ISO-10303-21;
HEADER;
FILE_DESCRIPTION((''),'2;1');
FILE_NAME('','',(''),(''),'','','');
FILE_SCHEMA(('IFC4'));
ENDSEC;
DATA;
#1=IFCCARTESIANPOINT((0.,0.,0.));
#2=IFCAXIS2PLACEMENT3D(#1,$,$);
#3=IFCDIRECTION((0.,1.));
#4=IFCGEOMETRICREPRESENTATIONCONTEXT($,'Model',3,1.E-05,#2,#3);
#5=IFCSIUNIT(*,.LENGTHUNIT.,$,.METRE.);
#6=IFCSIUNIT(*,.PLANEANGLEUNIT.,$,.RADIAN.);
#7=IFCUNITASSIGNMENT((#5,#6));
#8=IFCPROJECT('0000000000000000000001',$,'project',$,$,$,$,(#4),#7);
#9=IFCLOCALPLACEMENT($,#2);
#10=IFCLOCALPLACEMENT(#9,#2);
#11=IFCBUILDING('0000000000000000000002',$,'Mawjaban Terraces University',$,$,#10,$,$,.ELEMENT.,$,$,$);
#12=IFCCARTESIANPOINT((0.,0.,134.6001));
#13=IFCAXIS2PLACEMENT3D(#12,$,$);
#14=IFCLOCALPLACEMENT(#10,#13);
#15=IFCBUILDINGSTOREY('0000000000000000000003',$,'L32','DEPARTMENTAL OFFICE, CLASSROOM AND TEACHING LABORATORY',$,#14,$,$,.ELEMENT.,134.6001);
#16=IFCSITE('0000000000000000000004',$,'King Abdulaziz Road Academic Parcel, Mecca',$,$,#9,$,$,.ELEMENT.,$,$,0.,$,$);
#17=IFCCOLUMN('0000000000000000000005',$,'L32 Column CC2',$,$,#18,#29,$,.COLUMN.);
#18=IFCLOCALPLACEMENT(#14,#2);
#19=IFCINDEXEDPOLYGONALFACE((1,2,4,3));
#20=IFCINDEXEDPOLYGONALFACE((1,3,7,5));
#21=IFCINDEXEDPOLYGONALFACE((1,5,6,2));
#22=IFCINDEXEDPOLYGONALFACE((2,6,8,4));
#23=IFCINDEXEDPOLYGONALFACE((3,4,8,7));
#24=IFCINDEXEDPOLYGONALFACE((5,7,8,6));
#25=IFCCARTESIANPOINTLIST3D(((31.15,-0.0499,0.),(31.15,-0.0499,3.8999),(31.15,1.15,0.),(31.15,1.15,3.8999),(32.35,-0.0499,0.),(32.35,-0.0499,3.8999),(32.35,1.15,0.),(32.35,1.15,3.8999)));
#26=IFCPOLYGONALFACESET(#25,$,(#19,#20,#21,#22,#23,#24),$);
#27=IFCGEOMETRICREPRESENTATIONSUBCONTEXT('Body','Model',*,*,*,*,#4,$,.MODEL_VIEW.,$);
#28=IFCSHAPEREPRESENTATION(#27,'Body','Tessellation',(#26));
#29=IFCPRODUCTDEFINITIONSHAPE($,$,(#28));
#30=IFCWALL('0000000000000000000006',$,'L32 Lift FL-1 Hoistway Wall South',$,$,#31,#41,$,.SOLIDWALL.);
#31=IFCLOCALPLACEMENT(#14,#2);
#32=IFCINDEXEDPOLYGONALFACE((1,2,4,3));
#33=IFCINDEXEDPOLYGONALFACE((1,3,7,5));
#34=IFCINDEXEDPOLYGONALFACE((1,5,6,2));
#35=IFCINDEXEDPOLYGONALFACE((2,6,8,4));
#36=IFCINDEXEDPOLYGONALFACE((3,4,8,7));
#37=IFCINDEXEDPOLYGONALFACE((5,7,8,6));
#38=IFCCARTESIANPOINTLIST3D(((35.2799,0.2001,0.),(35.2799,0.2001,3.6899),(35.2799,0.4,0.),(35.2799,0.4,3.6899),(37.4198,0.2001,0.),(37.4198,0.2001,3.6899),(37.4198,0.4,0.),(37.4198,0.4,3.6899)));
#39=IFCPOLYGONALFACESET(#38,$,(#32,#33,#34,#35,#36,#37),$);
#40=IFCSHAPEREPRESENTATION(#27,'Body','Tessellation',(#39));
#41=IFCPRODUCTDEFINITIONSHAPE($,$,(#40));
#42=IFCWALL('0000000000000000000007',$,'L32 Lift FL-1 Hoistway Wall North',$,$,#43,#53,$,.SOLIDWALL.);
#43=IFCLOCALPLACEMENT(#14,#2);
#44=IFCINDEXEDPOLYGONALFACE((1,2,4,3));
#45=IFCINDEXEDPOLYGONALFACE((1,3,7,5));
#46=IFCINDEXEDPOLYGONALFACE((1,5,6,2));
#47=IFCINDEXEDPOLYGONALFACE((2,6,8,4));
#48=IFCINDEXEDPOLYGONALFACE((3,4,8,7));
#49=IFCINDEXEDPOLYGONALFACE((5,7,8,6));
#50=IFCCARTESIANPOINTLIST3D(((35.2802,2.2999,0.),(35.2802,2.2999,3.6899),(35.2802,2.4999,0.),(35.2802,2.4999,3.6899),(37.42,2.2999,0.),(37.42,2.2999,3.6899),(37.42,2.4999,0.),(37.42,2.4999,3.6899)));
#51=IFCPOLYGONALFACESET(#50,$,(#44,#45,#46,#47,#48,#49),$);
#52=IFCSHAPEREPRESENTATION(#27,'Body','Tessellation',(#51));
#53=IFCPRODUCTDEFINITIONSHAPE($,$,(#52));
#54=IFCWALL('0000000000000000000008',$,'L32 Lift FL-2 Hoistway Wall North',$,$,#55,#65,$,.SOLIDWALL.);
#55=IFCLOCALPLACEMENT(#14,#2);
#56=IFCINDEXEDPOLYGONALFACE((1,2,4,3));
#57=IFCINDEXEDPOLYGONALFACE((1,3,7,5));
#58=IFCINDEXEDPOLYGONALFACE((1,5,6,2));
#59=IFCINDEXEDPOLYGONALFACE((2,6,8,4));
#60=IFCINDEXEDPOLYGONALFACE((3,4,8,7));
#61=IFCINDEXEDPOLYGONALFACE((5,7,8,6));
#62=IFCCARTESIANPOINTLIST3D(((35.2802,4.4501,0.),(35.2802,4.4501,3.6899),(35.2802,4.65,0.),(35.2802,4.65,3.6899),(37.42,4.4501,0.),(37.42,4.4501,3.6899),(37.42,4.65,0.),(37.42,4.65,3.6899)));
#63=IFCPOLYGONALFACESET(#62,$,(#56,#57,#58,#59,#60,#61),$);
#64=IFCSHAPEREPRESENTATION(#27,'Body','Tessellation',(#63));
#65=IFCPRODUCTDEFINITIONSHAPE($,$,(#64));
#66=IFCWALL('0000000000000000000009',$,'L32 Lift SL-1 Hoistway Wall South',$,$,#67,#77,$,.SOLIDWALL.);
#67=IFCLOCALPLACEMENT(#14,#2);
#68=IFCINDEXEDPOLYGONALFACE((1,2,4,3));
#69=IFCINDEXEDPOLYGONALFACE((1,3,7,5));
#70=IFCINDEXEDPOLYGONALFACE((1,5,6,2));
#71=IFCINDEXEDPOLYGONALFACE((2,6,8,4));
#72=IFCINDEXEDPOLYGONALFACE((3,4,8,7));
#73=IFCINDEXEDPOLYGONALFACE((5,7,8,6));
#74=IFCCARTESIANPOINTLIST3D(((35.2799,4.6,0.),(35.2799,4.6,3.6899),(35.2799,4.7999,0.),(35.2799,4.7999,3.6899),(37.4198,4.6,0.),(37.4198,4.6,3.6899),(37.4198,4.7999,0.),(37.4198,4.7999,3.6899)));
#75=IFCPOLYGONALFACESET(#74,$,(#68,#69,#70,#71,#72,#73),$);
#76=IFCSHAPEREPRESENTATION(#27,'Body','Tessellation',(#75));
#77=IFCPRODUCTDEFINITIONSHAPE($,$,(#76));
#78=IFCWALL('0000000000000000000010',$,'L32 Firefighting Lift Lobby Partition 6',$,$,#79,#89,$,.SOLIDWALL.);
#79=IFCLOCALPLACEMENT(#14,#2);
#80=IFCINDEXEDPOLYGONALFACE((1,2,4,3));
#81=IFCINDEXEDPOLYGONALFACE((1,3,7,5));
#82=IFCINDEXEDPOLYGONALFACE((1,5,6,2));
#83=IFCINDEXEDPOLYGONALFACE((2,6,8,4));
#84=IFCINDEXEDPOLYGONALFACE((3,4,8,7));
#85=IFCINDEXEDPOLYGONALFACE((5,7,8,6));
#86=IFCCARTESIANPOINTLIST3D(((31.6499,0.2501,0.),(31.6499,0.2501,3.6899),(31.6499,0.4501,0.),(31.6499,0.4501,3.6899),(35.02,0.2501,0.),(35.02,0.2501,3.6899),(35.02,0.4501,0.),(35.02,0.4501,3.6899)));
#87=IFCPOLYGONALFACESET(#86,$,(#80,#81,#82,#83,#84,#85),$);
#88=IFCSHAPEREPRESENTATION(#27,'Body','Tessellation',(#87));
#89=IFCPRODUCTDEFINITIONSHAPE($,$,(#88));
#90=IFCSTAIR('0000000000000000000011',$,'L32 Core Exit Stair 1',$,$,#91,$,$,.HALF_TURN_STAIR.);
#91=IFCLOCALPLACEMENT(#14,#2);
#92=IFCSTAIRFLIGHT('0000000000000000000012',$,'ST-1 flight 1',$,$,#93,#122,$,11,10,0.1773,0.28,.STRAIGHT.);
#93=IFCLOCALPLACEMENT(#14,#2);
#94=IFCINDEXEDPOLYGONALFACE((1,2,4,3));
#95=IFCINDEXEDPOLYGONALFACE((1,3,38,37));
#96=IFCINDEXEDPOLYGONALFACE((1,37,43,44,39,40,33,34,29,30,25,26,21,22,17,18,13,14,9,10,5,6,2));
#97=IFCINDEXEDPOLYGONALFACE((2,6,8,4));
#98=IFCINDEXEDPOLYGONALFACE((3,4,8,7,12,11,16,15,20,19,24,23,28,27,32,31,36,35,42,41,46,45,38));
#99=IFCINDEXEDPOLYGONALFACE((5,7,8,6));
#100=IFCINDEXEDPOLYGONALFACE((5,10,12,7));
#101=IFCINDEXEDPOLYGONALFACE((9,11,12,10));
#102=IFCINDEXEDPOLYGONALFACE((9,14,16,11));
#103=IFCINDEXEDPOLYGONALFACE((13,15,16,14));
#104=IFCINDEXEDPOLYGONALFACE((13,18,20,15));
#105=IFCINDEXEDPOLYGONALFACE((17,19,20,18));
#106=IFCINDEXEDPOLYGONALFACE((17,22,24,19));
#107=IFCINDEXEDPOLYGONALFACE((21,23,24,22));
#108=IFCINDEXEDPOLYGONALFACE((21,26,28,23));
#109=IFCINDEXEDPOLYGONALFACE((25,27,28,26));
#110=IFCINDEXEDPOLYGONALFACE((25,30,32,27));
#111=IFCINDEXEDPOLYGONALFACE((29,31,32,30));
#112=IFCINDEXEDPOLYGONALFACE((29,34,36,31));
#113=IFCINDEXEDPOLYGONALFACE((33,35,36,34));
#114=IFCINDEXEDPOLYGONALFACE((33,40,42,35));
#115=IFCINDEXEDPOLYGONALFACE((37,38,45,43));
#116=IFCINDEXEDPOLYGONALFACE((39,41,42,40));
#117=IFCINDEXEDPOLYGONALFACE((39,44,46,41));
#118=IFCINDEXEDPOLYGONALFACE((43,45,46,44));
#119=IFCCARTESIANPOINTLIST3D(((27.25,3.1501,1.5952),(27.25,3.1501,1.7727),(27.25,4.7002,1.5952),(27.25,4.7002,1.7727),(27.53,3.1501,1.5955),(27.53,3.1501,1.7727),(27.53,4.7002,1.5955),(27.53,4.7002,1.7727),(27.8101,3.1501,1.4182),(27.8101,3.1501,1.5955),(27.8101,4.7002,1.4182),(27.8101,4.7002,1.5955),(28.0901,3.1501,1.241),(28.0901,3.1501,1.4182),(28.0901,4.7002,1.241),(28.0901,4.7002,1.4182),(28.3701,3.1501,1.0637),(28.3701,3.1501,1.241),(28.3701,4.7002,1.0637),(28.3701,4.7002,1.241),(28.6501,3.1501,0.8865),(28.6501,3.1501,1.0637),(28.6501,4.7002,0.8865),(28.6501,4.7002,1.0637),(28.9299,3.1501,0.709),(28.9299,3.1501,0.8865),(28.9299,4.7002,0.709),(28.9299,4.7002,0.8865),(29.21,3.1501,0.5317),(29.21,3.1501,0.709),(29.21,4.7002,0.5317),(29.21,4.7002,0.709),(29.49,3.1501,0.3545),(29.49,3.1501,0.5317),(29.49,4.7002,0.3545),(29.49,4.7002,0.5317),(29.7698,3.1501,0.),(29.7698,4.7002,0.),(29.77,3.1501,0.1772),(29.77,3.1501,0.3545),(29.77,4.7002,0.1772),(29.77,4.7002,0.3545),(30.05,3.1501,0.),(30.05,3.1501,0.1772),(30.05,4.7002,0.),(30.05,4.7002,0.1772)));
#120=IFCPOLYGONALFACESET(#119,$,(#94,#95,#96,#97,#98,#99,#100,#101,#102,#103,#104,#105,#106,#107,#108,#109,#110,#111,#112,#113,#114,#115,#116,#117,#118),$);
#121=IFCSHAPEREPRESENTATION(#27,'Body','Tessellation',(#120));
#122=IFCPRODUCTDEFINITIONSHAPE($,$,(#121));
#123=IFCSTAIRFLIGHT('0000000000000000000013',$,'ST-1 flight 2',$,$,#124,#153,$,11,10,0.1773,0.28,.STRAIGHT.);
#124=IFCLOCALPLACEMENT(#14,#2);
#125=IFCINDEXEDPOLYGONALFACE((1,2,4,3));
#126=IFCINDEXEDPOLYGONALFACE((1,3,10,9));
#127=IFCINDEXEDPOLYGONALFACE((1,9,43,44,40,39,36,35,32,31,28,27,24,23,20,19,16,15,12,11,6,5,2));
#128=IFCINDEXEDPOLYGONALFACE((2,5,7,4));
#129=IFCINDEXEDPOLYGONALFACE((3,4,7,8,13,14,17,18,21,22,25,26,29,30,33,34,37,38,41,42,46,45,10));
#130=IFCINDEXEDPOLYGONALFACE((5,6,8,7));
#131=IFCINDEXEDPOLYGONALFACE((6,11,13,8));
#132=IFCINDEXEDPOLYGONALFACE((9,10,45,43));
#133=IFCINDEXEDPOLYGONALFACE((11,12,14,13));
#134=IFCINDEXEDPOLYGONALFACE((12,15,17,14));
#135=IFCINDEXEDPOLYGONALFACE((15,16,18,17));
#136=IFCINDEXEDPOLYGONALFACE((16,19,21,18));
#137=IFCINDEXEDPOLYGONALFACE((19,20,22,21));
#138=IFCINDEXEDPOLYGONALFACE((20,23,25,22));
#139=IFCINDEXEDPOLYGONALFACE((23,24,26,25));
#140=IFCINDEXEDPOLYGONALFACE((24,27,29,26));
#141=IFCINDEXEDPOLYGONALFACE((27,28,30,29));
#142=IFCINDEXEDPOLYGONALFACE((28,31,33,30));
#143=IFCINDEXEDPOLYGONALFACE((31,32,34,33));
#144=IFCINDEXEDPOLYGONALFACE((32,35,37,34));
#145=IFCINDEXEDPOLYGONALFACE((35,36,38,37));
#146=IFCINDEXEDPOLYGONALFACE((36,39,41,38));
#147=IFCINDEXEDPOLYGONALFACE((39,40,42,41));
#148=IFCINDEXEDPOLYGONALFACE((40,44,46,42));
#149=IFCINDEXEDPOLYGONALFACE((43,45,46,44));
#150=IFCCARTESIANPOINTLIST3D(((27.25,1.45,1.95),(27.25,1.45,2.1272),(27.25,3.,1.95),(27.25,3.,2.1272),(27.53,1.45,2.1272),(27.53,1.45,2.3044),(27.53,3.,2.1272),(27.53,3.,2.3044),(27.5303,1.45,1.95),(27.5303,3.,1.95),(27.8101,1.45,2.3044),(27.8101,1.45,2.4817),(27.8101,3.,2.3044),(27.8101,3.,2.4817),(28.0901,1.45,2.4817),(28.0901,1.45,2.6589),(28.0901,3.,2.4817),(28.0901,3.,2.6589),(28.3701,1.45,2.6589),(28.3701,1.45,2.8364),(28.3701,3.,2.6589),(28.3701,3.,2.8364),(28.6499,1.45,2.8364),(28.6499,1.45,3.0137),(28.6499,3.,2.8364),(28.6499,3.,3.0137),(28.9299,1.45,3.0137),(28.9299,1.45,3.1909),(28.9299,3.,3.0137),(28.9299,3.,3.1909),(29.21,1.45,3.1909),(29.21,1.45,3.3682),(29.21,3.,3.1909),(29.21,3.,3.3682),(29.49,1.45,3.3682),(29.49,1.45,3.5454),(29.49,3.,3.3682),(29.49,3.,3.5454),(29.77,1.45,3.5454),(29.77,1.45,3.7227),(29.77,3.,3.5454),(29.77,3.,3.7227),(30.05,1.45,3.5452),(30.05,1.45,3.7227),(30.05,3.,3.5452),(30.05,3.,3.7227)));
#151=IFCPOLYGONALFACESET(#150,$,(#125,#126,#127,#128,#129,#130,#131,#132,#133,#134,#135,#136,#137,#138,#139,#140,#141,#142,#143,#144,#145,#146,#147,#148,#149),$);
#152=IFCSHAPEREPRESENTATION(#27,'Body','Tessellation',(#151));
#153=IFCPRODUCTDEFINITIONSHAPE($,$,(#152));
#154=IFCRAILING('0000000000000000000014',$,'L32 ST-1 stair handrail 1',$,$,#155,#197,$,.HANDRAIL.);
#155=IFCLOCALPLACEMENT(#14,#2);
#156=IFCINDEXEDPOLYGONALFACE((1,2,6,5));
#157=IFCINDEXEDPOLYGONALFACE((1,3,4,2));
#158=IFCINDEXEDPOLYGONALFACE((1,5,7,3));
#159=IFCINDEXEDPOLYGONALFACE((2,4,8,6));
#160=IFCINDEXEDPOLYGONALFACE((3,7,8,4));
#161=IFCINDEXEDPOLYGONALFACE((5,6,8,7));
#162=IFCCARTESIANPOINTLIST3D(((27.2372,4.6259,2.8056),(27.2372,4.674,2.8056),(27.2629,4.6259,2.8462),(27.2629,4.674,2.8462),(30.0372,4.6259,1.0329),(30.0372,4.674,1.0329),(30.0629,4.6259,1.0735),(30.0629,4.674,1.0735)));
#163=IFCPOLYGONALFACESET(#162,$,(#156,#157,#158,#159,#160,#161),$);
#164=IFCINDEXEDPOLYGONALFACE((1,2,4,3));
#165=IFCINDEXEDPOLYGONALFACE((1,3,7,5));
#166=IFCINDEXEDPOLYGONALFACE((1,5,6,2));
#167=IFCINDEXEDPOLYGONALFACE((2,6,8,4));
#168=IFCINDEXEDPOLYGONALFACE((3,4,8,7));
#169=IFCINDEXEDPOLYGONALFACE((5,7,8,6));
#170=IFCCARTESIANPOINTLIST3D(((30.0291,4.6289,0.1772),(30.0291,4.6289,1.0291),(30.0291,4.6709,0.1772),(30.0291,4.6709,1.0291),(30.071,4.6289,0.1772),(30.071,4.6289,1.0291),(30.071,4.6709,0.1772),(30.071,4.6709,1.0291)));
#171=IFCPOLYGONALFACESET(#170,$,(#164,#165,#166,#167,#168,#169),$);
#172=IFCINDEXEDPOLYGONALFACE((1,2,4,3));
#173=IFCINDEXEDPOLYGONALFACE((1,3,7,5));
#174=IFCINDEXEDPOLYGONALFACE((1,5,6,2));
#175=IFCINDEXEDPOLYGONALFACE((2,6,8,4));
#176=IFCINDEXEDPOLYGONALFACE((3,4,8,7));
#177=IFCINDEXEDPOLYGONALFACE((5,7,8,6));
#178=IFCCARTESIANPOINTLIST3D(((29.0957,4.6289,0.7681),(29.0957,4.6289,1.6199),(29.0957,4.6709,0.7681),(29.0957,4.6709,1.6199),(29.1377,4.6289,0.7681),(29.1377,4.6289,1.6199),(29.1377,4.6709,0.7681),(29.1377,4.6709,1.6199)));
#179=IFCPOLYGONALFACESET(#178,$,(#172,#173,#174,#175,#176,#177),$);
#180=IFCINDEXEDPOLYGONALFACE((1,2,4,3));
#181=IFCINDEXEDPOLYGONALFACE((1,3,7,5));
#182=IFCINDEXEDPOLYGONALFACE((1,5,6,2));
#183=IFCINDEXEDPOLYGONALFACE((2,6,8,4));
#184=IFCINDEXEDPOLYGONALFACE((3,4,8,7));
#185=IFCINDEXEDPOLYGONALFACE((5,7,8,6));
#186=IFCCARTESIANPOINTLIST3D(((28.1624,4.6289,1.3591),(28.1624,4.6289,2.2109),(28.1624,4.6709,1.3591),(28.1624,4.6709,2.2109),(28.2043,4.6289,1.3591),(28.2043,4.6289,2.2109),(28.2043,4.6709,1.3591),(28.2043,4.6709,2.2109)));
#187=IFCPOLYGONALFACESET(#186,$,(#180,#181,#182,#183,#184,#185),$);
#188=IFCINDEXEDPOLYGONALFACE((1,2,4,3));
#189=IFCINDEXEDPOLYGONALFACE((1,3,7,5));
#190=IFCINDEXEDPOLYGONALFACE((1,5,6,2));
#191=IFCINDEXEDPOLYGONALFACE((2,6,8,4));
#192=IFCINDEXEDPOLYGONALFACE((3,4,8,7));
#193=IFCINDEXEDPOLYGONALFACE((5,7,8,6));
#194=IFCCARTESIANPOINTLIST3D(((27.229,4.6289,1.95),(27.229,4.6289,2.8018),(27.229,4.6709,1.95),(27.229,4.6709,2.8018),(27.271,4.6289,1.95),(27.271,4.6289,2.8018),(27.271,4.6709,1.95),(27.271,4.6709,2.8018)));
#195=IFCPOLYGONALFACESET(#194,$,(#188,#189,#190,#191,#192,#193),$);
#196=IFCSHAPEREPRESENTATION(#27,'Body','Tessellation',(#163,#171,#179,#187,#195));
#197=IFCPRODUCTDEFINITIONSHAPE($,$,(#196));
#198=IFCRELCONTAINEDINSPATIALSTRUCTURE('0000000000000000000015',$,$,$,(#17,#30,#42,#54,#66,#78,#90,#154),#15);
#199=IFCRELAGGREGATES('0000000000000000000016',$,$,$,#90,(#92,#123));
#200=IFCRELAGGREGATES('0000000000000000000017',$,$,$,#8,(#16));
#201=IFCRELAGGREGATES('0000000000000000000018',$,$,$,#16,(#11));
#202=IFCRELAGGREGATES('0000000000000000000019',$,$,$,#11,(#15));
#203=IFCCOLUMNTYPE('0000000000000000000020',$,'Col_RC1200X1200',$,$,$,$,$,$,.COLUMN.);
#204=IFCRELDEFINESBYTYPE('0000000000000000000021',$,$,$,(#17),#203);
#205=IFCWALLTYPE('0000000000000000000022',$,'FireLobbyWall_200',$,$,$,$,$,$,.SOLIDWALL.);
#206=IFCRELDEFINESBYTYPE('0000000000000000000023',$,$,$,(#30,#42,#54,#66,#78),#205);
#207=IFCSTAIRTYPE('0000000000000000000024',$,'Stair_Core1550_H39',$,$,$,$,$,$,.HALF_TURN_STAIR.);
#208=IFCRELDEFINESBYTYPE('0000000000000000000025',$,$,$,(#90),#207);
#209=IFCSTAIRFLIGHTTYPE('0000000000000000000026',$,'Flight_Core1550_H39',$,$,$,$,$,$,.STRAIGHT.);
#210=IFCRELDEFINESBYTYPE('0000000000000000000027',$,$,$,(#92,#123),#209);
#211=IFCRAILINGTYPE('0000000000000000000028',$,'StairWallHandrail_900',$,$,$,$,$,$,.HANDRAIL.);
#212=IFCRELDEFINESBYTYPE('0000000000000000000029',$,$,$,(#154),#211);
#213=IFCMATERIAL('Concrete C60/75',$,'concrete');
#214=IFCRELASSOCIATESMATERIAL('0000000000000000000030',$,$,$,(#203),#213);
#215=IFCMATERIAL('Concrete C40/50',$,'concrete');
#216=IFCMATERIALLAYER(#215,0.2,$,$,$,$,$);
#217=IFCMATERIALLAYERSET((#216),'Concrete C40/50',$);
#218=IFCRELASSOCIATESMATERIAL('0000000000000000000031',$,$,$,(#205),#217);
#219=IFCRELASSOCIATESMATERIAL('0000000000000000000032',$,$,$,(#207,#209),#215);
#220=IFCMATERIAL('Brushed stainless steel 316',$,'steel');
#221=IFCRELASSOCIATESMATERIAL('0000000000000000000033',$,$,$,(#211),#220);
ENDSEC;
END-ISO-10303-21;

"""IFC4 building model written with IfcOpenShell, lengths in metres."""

from ifc_helpers import new_model, si_unit, direction, frame, frame_2d, origin, origin_2d, place, context, subcontext, project, spatial, polyline, rectangle, outline, extrude, material, layer, layer_set, material_profile, profile_set, type_object, element, aggregate, save


model = new_model("IFC4")

# Units and contexts
model_context = context("Model", 3, precision=1e-05, world=origin(), true_north=direction((0.0, 1.0)))
body_context = subcontext(model_context, "Body", "Model", "MODEL_VIEW")
ifc_project = project(units=[si_unit("LENGTHUNIT", "METRE"), si_unit("PLANEANGLEUNIT", "RADIAN")], contexts=[model_context])

# Site, building, storey
site_placement = place(None, origin())
site = spatial("IfcSite", under=ifc_project, at=site_placement, Name="King Abdulaziz Road Academic Parcel, Mecca", CompositionType="ELEMENT", RefElevation=0.0)
building_placement = place(site_placement, origin())
building = spatial("IfcBuilding", under=site, at=building_placement, Name="Mawjaban Terraces University", CompositionType="ELEMENT")
storey_placement = place(building_placement, frame((0.0, 0.0, 134.6001)))
storey = spatial("IfcBuildingStorey", under=building, at=storey_placement, Name="L32", Description="DEPARTMENTAL OFFICE, CLASSROOM AND TEACHING LABORATORY", CompositionType="ELEMENT", Elevation=134.6001)

# Column
ifc_material_1 = material(Name="Concrete C60/75", Category="concrete")
ifc_material_profile = material_profile(ifc_material_1, rectangle(XDim=1.2, YDim=1.2, at=origin_2d()), Name="RC1200X1200")
ifc_profile_set = profile_set([ifc_material_profile], Name="Concrete C60/75")
column_type = type_object("IfcColumnType", Name="Col_RC1200X1200", PredefinedType="COLUMN", material=ifc_profile_set)
column_placement = place(storey_placement, frame((31.75, 0.55, 0.0), z_axis=(0.0, 0.0, 1.0), x_axis=(1.0, 0.0, 0.0)))
element("IfcColumn", 1, at=column_placement, inside=storey, type_object=column_type, Name="L32 Column CC2", PredefinedType="COLUMN", context=body_context, shape_type="SweptSolid", body=[
    extrude(rectangle(XDim=1.2, YDim=1.2, at=origin_2d()), origin(), (0.0, 0.0, 1.0), 3.8999),
])

# Shared definitions
ifc_material_2 = material(Name="Concrete C40/50", Category="concrete")
ifc_layer_1 = layer(ifc_material_2, 0.2)
ifc_layer_set_1 = layer_set([ifc_layer_1], Name="Concrete C40/50")
wall_type_1 = type_object("IfcWallType", Name="FireLobbyWall_200", PredefinedType="SOLIDWALL", material=ifc_layer_set_1)

# Walls
for number, where, z_axis, x_axis, name in (
    (2, (35.28, 0.3, 0.0), (0.0, 0.0, 1.0), (1.0, 0.0, 0.0), "L32 Lift FL-1 Hoistway Wall South"),
    (3, (37.4199, 2.3999, 0.0), (0.0, 0.0, 1.0), (-1.0, 0.0, 0.0), "L32 Lift FL-1 Hoistway Wall North"),
):
    element("IfcWall", number, at=place(storey_placement, frame(where, z_axis=z_axis, x_axis=x_axis)), inside=storey, type_object=wall_type_1, Name=name, PredefinedType="SOLIDWALL", context=body_context, shape_type="SweptSolid", body=[
        extrude(rectangle(XDim=2.1399, YDim=0.2, at=frame_2d((1.0698, 0.0))), origin(), (0.0, 0.0, 1.0), 3.6899),
    ])

# Walls
for number, where, z_axis, x_axis, name in (
    (4, (37.4199, 4.55, 0.0), (0.0, 0.0, 1.0), (-1.0, 0.0, 0.0), "L32 Lift FL-2 Hoistway Wall North"),
    (5, (35.28, 4.7, 0.0), (0.0, 0.0, 1.0), (1.0, 0.0, 0.0), "L32 Lift SL-1 Hoistway Wall South"),
):
    element("IfcWall", number, at=place(storey_placement, frame(where, z_axis=z_axis, x_axis=x_axis)), inside=storey, type_object=wall_type_1, Name=name, PredefinedType="SOLIDWALL", context=body_context, shape_type="SweptSolid", body=[
        extrude(rectangle(XDim=2.1399, YDim=0.2, at=frame_2d((1.0698, 0.0))), origin(), (0.0, 0.0, 1.0), 3.6899),
    ])
wall_1_placement = place(storey_placement, frame((31.6499, 0.3501, 0.0), z_axis=(0.0, 0.0, 1.0), x_axis=(1.0, 0.0, 0.0)))
element("IfcWall", 6, at=wall_1_placement, inside=storey, type_object=wall_type_1, Name="L32 Firefighting Lift Lobby Partition 6", PredefinedType="SOLIDWALL", context=body_context, shape_type="SweptSolid", body=[
    extrude(rectangle(XDim=3.3701, YDim=0.2, at=frame_2d((1.6851, 0.0))), origin(), (0.0, 0.0, 1.0), 3.6899),
])

# Stair, stair flights
stair_type = type_object("IfcStairType", Name="Stair_Core1550_H39", PredefinedType="HALF_TURN_STAIR", material=ifc_material_2)
stair_placement = place(storey_placement, origin())
stair = element("IfcStair", 7, at=stair_placement, inside=storey, type_object=stair_type, Name="L32 Core Exit Stair 1", PredefinedType="HALF_TURN_STAIR")
stair_flight_type = type_object("IfcStairFlightType", Name="Flight_Core1550_H39", PredefinedType="STRAIGHT", material=ifc_material_2)
stair_flight_1_placement = place(storey_placement, frame((30.05, 3.925, 0.0), z_axis=(0.0, 0.0, 1.0), x_axis=(-1.0, 0.0, 0.0)))
stair_flight_1 = element("IfcStairFlight", 8, at=stair_flight_1_placement, type_object=stair_flight_type, Name="ST-1 flight 1", NumberOfRisers=11, NumberOfTreads=10, PredefinedType="STRAIGHT", RiserHeight=0.1773, TreadLength=0.28, context=body_context, shape_type="SweptSolid", body=[
    extrude(outline(polyline([(0.0, 0.0), (0.0, 0.1772), (0.28, 0.1772), (0.28, 0.3545), (0.5601, 0.3545), (0.5601, 0.5317), (0.8401, 0.5317), (0.8401, 0.709), (1.1201, 0.709), (1.1201, 0.8865), (1.3999, 0.8865), (1.3999, 1.0637), (1.6799, 1.0637), (1.6799, 1.241), (1.96, 1.241), (1.96, 1.4182), (2.24, 1.4182), (2.24, 1.5955), (2.52, 1.5955), (2.52, 1.7727), (2.8, 1.7727), (2.8, 1.95), (2.8, 1.5952), (0.2803, 0.0), (0.0, 0.0)])), frame((0.0, 0.7749, 0.0), z_axis=(0.0, -1.0, 0.0), x_axis=(1.0, 0.0, 0.0)), (0.0, 0.0, 1.0), 1.55),
])
stair_flight_2_placement = place(storey_placement, frame((27.25, 2.2251, 1.95), z_axis=(0.0, 0.0, 1.0), x_axis=(1.0, 0.0, 0.0)))
stair_flight_2 = element("IfcStairFlight", 9, at=stair_flight_2_placement, type_object=stair_flight_type, Name="ST-1 flight 2", NumberOfRisers=11, NumberOfTreads=10, PredefinedType="STRAIGHT", RiserHeight=0.1773, TreadLength=0.28, context=body_context, shape_type="SweptSolid", body=[
    extrude(outline(polyline([(0.0, 0.0), (0.0, 0.1772), (0.28, 0.1772), (0.28, 0.3545), (0.5601, 0.3545), (0.5601, 0.5317), (0.8401, 0.5317), (0.8401, 0.709), (1.1201, 0.709), (1.1201, 0.8865), (1.3999, 0.8865), (1.3999, 1.0637), (1.6799, 1.0637), (1.6799, 1.241), (1.96, 1.241), (1.96, 1.4182), (2.24, 1.4182), (2.24, 1.5955), (2.52, 1.5955), (2.52, 1.7727), (2.8, 1.7727), (2.8, 1.95), (2.8, 1.5952), (0.2803, 0.0), (0.0, 0.0)])), frame((0.0, 0.7749, 0.0), z_axis=(0.0, -1.0, 0.0), x_axis=(1.0, 0.0, 0.0)), (0.0, 0.0, 1.0), 1.55),
])
aggregate(stair, [stair_flight_1, stair_flight_2])

# Railing
ifc_material_3 = material(Name="Brushed stainless steel 316", Category="steel")
railing_type_1 = type_object("IfcRailingType", Name="StairWallHandrail_900", PredefinedType="HANDRAIL", material=ifc_material_3)
railing_1_placement = place(storey_placement, frame((30.05, 4.6499, 0.1772)))
element("IfcRailing", 10, at=railing_1_placement, inside=storey, type_object=railing_type_1, Name="L32 ST-1 stair handrail 1", PredefinedType="HANDRAIL", context=body_context, shape_type="SweptSolid", body=[
    extrude(rectangle(XDim=0.0481, YDim=0.0481, at=origin_2d()), frame((0.0, 0.0, 0.876), z_axis=(-0.844909, 0.0, 0.53491), x_axis=(0.0, -1.0, 0.0)), (0.0, 0.0, 1.0), 3.314),
    extrude(rectangle(XDim=0.042, YDim=0.042, at=origin_2d()), origin(), (0.0, 0.0, 1.0), 0.8518),
    extrude(rectangle(XDim=0.042, YDim=0.042, at=origin_2d()), frame((-0.9333, 0.0, 0.5908)), (0.0, 0.0, 1.0), 0.8518),
    extrude(rectangle(XDim=0.042, YDim=0.042, at=origin_2d()), frame((-1.8667, 0.0, 1.1819)), (0.0, 0.0, 1.0), 0.8518),
    extrude(rectangle(XDim=0.042, YDim=0.042, at=origin_2d()), frame((-2.8, 0.0, 1.7727)), (0.0, 0.0, 1.0), 0.8518),
])

save(model, "model.ifc")
